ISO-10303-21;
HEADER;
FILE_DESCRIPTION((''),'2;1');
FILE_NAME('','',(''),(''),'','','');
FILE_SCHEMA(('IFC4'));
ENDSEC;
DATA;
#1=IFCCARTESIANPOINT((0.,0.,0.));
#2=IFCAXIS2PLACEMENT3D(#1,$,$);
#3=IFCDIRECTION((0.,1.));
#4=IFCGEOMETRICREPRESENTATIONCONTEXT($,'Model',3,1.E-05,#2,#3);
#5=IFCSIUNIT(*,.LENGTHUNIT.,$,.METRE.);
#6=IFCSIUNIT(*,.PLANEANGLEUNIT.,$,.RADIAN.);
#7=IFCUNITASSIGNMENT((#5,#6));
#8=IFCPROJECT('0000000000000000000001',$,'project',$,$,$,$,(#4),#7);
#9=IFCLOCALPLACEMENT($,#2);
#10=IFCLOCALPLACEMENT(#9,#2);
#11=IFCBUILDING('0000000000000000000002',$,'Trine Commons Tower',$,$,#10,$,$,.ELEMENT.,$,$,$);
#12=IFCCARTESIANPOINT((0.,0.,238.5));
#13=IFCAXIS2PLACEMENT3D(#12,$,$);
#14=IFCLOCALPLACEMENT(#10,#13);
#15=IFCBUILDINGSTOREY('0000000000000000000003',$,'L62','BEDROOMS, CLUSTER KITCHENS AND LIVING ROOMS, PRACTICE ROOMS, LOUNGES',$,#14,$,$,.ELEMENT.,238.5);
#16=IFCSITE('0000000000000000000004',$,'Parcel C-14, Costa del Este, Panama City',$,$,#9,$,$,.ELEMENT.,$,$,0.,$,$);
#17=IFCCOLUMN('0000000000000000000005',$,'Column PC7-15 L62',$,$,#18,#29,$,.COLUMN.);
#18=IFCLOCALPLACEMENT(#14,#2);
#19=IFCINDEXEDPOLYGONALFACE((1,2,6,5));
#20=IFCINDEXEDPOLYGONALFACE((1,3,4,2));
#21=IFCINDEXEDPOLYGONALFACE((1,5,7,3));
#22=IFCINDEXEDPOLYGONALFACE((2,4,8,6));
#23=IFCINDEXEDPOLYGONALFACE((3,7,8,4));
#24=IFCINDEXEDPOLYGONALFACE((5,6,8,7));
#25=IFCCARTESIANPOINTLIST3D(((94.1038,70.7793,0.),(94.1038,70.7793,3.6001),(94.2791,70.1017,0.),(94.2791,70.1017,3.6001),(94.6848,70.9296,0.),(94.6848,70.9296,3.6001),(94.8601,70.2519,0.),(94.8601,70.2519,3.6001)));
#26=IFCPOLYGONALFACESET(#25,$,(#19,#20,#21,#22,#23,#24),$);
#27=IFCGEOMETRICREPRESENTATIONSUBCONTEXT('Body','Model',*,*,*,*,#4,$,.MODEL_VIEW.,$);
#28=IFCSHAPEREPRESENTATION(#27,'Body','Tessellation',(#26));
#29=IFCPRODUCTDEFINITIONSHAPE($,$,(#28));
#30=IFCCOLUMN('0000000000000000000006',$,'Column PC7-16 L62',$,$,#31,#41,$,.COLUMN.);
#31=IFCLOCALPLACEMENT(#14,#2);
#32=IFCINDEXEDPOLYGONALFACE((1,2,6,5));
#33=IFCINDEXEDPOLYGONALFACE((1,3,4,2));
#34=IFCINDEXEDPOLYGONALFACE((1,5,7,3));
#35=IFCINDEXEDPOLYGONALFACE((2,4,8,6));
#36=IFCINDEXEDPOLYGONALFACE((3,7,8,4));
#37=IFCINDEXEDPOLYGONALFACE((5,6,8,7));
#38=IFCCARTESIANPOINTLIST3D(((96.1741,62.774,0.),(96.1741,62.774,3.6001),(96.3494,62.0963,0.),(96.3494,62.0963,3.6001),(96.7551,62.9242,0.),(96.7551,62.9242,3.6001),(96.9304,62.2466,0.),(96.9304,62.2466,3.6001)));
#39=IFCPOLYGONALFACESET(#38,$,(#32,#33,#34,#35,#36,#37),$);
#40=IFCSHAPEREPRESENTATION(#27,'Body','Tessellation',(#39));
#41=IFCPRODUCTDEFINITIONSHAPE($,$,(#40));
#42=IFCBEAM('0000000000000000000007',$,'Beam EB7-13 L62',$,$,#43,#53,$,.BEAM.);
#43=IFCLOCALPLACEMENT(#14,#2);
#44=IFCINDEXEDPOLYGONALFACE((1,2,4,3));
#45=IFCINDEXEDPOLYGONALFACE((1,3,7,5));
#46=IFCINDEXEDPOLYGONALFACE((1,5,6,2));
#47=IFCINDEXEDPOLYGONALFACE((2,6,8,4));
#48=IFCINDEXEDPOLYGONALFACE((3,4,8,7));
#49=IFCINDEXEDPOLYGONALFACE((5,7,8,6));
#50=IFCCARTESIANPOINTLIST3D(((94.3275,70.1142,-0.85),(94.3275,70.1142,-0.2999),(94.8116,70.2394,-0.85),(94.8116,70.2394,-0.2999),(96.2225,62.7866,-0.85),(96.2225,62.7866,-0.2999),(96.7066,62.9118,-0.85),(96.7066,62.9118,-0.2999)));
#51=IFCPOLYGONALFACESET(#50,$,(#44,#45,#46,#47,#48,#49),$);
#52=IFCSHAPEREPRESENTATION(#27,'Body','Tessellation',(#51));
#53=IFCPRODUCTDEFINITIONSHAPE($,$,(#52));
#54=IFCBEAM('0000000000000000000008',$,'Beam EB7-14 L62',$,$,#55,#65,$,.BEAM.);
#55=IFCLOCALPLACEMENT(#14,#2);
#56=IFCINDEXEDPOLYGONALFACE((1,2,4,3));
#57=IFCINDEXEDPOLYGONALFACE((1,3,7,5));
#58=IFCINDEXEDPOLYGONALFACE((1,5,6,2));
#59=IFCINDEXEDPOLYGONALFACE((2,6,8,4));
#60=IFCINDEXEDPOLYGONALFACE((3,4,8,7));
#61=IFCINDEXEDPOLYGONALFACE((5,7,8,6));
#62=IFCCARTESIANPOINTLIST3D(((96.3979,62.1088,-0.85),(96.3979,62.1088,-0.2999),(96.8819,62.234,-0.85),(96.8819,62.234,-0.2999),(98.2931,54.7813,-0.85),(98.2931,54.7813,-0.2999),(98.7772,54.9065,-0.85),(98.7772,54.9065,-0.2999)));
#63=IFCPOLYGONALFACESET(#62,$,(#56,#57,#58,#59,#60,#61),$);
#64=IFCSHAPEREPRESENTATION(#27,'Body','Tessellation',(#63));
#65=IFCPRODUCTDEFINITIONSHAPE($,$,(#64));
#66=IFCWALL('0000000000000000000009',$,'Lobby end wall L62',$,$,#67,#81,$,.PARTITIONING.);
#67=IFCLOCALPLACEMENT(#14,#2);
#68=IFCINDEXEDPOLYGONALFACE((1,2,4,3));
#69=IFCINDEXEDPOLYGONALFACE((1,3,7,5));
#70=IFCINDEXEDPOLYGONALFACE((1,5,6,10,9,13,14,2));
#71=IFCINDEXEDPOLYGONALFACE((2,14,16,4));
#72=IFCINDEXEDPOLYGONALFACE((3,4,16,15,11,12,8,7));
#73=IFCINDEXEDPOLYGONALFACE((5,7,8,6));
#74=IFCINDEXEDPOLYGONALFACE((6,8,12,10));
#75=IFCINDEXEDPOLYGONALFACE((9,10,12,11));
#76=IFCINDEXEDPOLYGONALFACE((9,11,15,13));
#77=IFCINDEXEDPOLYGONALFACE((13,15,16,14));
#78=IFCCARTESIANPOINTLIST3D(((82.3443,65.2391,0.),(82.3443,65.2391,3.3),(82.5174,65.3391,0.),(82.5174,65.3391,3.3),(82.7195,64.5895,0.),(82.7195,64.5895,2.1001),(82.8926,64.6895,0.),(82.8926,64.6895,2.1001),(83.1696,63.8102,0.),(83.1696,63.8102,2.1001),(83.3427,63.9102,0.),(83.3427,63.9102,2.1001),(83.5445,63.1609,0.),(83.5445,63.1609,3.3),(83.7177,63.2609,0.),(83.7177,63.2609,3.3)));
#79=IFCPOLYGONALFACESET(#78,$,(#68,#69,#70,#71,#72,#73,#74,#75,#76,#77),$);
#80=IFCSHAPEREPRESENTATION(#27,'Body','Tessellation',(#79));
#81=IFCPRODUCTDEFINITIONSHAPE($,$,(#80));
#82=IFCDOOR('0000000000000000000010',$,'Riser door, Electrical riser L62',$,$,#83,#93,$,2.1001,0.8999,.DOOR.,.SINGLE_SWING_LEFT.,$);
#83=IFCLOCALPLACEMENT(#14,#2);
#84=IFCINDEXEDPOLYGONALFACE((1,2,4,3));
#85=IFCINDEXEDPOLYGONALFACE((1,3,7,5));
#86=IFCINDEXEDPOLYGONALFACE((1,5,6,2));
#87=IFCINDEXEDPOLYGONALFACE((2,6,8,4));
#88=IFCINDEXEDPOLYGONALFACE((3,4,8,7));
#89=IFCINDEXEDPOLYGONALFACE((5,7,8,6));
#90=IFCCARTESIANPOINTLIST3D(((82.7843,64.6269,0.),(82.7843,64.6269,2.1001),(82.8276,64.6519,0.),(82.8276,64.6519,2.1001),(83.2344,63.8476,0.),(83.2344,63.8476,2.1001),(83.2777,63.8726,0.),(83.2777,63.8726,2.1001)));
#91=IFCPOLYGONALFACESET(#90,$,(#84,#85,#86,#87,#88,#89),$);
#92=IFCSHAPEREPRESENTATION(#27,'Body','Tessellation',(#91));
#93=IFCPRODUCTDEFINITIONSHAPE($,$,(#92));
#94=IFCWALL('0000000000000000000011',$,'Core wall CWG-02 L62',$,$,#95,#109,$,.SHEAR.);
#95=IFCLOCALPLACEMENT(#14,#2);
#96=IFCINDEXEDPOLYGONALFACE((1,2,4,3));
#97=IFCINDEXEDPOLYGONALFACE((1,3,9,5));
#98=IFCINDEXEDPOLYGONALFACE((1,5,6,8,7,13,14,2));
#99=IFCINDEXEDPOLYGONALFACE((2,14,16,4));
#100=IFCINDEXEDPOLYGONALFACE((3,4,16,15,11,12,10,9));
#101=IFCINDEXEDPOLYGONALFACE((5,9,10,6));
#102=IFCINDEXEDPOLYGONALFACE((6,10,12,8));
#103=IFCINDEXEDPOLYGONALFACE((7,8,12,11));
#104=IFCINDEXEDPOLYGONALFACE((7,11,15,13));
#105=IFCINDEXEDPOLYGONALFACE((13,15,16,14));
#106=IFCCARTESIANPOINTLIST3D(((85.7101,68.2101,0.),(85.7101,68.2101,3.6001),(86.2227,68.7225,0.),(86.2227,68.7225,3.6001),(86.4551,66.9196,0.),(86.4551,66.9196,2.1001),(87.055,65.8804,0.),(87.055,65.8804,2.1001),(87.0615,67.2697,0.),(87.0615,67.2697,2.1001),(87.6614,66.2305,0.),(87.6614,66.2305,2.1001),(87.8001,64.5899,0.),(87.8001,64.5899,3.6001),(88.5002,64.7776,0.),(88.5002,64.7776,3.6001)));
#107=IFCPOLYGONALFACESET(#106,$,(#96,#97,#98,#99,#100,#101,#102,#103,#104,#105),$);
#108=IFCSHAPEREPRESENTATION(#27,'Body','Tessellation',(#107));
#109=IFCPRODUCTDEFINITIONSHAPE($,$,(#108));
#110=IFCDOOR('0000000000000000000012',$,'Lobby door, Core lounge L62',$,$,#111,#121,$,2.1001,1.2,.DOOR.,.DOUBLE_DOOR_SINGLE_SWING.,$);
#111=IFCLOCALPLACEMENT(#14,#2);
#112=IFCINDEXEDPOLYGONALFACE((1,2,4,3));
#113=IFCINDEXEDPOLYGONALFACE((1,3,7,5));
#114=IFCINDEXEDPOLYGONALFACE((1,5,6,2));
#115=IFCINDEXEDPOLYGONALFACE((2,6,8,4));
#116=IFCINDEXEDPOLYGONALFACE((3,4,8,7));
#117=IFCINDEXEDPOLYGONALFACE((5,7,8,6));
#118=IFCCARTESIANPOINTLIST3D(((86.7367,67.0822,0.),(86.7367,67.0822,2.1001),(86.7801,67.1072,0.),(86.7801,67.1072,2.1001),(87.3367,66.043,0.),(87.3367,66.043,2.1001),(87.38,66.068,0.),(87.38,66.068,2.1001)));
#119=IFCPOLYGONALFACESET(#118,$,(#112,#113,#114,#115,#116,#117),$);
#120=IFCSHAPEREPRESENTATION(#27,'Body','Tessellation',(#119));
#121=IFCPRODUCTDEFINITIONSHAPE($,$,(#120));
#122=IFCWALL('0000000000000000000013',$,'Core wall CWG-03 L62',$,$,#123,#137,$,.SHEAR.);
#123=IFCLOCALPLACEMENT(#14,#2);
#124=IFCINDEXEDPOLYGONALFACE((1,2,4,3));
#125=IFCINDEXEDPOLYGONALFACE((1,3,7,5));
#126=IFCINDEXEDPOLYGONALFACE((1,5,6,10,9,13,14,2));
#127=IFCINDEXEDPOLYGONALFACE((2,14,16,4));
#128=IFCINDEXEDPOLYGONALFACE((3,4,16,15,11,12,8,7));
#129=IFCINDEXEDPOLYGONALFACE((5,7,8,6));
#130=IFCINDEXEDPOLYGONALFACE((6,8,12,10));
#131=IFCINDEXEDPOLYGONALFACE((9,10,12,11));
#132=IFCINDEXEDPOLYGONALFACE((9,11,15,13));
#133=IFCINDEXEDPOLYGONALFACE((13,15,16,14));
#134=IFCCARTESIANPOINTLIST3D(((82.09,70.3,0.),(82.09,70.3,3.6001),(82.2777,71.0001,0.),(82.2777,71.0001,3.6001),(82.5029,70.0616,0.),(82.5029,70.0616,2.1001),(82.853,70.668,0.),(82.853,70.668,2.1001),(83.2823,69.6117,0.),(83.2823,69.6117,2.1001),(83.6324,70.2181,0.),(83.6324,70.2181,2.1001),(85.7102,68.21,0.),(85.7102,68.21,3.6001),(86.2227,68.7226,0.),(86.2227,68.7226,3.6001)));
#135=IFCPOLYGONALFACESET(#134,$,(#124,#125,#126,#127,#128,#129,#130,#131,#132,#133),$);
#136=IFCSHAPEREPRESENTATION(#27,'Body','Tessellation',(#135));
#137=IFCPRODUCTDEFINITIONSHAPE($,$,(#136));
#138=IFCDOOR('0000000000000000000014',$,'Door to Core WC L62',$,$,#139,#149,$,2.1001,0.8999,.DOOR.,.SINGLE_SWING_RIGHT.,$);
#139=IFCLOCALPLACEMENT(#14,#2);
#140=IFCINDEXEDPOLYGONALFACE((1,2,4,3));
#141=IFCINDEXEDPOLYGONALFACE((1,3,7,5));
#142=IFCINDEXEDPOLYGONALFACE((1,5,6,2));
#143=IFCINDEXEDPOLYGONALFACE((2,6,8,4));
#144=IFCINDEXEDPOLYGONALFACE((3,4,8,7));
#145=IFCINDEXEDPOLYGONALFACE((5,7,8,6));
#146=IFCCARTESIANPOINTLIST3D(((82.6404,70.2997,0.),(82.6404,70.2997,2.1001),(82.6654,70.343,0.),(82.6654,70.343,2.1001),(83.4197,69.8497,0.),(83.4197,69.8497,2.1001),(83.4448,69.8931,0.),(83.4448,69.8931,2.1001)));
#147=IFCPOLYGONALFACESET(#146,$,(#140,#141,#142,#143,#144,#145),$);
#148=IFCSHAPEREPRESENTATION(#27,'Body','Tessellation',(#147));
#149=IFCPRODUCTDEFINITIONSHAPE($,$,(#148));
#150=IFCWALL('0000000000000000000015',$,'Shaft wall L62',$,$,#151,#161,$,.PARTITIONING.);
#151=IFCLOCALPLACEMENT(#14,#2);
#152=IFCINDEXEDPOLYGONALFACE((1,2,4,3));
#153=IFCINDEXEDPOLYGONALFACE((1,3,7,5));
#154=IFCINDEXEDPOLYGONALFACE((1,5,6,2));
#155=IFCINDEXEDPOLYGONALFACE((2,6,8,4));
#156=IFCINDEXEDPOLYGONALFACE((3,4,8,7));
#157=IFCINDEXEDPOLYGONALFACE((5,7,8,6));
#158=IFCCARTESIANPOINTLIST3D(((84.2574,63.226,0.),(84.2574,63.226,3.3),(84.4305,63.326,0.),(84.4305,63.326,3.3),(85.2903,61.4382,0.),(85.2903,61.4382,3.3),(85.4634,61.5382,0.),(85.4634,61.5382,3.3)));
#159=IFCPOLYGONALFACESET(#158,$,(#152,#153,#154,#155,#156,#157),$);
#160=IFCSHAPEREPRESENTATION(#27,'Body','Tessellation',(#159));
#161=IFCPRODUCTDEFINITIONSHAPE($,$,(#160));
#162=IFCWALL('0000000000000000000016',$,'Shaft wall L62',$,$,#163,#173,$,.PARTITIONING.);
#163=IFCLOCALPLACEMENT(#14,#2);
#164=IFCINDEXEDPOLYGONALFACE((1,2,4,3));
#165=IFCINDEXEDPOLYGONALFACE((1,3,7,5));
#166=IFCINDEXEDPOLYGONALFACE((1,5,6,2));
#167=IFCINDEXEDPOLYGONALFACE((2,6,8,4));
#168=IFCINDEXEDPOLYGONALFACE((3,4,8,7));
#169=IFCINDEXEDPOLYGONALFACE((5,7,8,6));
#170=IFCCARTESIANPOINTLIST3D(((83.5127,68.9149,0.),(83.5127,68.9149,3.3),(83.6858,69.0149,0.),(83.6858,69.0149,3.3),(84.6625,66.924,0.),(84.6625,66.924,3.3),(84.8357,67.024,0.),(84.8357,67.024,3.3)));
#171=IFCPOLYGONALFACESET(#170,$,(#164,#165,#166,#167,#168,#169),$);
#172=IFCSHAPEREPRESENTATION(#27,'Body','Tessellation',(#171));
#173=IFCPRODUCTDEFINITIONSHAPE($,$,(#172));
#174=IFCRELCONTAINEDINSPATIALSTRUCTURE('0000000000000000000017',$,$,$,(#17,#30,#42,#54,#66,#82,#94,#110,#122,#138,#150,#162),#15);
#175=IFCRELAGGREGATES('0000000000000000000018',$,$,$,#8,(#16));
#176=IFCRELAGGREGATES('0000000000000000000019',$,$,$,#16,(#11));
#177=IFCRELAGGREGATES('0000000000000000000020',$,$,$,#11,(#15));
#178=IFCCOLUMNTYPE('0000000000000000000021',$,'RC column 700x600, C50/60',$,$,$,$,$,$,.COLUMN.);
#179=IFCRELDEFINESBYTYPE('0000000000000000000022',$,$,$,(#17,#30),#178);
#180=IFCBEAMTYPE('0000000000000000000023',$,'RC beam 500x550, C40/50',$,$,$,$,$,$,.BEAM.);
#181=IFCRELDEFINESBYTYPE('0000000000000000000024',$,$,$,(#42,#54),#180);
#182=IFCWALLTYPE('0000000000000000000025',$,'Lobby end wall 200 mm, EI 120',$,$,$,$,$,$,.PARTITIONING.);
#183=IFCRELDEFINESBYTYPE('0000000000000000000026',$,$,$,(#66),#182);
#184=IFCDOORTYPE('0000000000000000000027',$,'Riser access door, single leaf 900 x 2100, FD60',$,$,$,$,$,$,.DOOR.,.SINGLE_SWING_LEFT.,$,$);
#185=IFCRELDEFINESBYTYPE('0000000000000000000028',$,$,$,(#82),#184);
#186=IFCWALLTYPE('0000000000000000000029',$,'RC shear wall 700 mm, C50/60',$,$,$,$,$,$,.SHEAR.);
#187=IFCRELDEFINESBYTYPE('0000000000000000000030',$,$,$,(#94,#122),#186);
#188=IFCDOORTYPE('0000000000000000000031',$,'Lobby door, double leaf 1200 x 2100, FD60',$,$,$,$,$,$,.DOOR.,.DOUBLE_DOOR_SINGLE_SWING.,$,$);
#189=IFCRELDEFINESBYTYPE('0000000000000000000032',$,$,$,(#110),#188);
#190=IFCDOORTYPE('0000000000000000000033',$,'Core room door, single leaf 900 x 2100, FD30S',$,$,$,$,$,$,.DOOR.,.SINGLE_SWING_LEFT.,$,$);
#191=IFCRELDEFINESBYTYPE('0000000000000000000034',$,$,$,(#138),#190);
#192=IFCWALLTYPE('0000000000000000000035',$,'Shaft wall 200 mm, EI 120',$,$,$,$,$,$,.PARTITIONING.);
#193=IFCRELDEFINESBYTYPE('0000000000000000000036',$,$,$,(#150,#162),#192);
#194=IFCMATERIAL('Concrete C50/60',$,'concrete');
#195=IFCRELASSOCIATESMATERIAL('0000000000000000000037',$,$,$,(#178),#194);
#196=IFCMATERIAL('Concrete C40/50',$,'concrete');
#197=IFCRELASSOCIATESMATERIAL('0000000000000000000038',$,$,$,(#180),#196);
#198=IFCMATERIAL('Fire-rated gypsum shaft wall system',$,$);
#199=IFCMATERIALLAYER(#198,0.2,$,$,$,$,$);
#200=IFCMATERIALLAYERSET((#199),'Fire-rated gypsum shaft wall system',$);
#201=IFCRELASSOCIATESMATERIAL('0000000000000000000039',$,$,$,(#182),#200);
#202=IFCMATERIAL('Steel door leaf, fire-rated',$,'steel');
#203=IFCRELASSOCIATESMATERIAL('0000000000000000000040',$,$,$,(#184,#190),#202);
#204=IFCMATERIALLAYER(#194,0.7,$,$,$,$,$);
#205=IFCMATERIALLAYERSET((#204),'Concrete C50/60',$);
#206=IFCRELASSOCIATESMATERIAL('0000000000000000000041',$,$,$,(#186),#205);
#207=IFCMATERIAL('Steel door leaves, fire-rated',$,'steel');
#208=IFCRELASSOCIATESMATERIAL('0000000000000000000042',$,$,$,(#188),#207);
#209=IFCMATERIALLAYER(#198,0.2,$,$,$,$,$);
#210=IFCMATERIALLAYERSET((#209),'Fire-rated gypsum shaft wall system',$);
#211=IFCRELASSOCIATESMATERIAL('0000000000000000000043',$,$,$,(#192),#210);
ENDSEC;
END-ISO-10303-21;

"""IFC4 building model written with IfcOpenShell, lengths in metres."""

from ifc_helpers import new_model, si_unit, direction, frame, frame_2d, origin, origin_2d, place, context, subcontext, project, spatial, polyline, rectangle, outline, extrude, material, layer, layer_set, material_profile, profile_set, type_object, element, fill, save


model = new_model("IFC4")

# Units and contexts
model_context = context("Model", 3, precision=1e-05, world=origin(), true_north=direction((0.0, 1.0)))
body_context = subcontext(model_context, "Body", "Model", "MODEL_VIEW")
ifc_project = project(units=[si_unit("LENGTHUNIT", "METRE"), si_unit("PLANEANGLEUNIT", "RADIAN")], contexts=[model_context])

# Site, building, storey
site_placement = place(None, origin())
site = spatial("IfcSite", under=ifc_project, at=site_placement, Name="Parcel C-14, Costa del Este, Panama City", CompositionType="ELEMENT", RefElevation=0.0)
building_placement = place(site_placement, origin())
building = spatial("IfcBuilding", under=site, at=building_placement, Name="Trine Commons Tower", CompositionType="ELEMENT")
storey_placement = place(building_placement, frame((0.0, 0.0, 238.5)))
storey = spatial("IfcBuildingStorey", under=building, at=storey_placement, Name="L62", Description="BEDROOMS, CLUSTER KITCHENS AND LIVING ROOMS, PRACTICE ROOMS, LOUNGES", CompositionType="ELEMENT", Elevation=238.5)

# Columns
ifc_material_1 = material(Name="Concrete C50/60", Category="concrete")
ifc_material_profile_1 = material_profile(ifc_material_1, rectangle(XDim=0.7, YDim=0.6001, at=origin_2d()), Name="RC 700x600")
ifc_profile_set_1 = profile_set([ifc_material_profile_1], Name="Concrete C50/60")
column_type = type_object("IfcColumnType", Name="RC column 700x600, C50/60", PredefinedType="COLUMN", material=ifc_profile_set_1)
for number, where, z_axis, x_axis, name in (
    (1, (94.4819, 70.5156, 0.0), (0.0, 0.0, 1.0), (-0.25038, 0.968148, 0.0), "Column PC7-15 L62"),
    (2, (96.5522, 62.5103, 0.0), (0.0, 0.0, 1.0), (-0.25038, 0.968148, 0.0), "Column PC7-16 L62"),
):
    element("IfcColumn", number, at=place(storey_placement, frame(where, z_axis=z_axis, x_axis=x_axis)), inside=storey, type_object=column_type, Name=name, PredefinedType="COLUMN", context=body_context, shape_type="SweptSolid", body=[
        extrude(rectangle(XDim=0.7, YDim=0.6001, at=origin_2d()), origin(), (0.0, 0.0, 1.0), 3.6001),
    ])

# Beams
ifc_material_2 = material(Name="Concrete C40/50", Category="concrete")
ifc_material_profile_2 = material_profile(ifc_material_2, rectangle(XDim=0.5, YDim=0.55, at=origin_2d()), Name="RC 500x550")
ifc_profile_set_2 = profile_set([ifc_material_profile_2], Name="Concrete C40/50")
beam_type = type_object("IfcBeamType", Name="RC beam 500x550, C40/50", PredefinedType="BEAM", material=ifc_profile_set_2)
for number, where, z_axis, x_axis, name in (
    (3, (94.5696, 70.1768, -0.575), (0.250376, -0.968149, 0.0), (0.968149, 0.250376, 0.0), "Beam EB7-13 L62"),
    (4, (96.6399, 62.1714, -0.575), (0.250414, -0.968139, 0.0), (0.968139, 0.250414, 0.0), "Beam EB7-14 L62"),
):
    element("IfcBeam", number, at=place(storey_placement, frame(where, z_axis=z_axis, x_axis=x_axis)), inside=storey, type_object=beam_type, Name=name, PredefinedType="BEAM", context=body_context, shape_type="SweptSolid", body=[
        extrude(rectangle(XDim=0.5, YDim=0.55, at=origin_2d()), origin(), (0.0, 0.0, 1.0), 7.5686),
    ])

# Walls, openings, doors
ifc_material_3 = material(Name="Fire-rated gypsum shaft wall system")
ifc_layer_1 = layer(ifc_material_3, 0.2)
ifc_layer_set_1 = layer_set([ifc_layer_1], Name="Fire-rated gypsum shaft wall system")
wall_type_1 = type_object("IfcWallType", Name="Lobby end wall 200 mm, EI 120", PredefinedType="PARTITIONING", material=ifc_layer_set_1)
wall_1_placement = place(storey_placement, frame((83.6311, 63.2109, 0.0), z_axis=(0.0, 0.0, 1.0), x_axis=(-0.500122, 0.865955, 0.0)))
wall_1 = element("IfcWall", 5, at=wall_1_placement, inside=storey, type_object=wall_type_1, Name="Lobby end wall L62", PredefinedType="PARTITIONING", context=body_context, shape_type="SweptSolid", body=[
    extrude(rectangle(XDim=2.3999, YDim=0.2, at=frame_2d((1.2, 0.0))), origin(), (0.0, 0.0, 1.0), 3.3),
])
opening_1_placement = place(wall_1_placement, frame((0.7498, 0.0, 0.0)))
opening_1 = element("IfcOpeningElement", 6, at=opening_1_placement, cuts=wall_1, PredefinedType="OPENING", context=body_context, shape_type="SweptSolid", body=[
    extrude(rectangle(XDim=0.8999, YDim=2.1001, at=frame_2d((0.45, 1.05))), frame((0.0, 0.1099, 0.0), z_axis=(0.0, -1.0, 0.0), x_axis=(1.0, 0.0, 0.0)), (0.0, 0.0, 1.0), 0.22),
])
ifc_material_4 = material(Name="Steel door leaf, fire-rated", Category="steel")
door_type_1 = type_object("IfcDoorType", Name="Riser access door, single leaf 900 x 2100, FD60", OperationType="SINGLE_SWING_LEFT", PredefinedType="DOOR", material=ifc_material_4)
door_1_placement = place(opening_1_placement, frame((0.8999, 0.0, 0.0), z_axis=(0.0, 0.0, 1.0), x_axis=(-1.0, 0.0, 0.0)))
door_1 = element("IfcDoor", 7, at=door_1_placement, inside=storey, type_object=door_type_1, Name="Riser door, Electrical riser L62", OperationType="SINGLE_SWING_LEFT", OverallHeight=2.1001, OverallWidth=0.8999, PredefinedType="DOOR", context=body_context, shape_type="SweptSolid", body=[
    extrude(rectangle(XDim=0.8999, YDim=2.1001, at=frame_2d((0.45, 1.05))), frame((0.0, 0.0249, 0.0), z_axis=(0.0, -1.0, 0.0), x_axis=(1.0, 0.0, 0.0)), (0.0, 0.0, 1.0), 0.05),
])
fill(opening_1, door_1)
ifc_layer_2 = layer(ifc_material_1, 0.7)
ifc_layer_set_2 = layer_set([ifc_layer_2], Name="Concrete C50/60")
wall_type_2 = type_object("IfcWallType", Name="RC shear wall 700 mm, C50/60", PredefinedType="SHEAR", material=ifc_layer_set_2)
wall_2_placement = place(storey_placement, frame((88.197, 64.6025, 0.0), z_axis=(0.0, 0.0, 1.0), x_axis=(-0.499984, 0.866035, 0.0)))
wall_2 = element("IfcWall", 8, at=wall_2_placement, inside=storey, type_object=wall_type_2, Name="Core wall CWG-02 L62", PredefinedType="SHEAR", context=body_context, shape_type="SweptSolid", body=[
    extrude(outline(polyline([(0.0, -0.3501), (4.5552, -0.3501), (4.3677, 0.3501), (0.1875, 0.3501), (0.0, -0.3501)])), origin(), (0.0, 0.0, 1.0), 3.6001),
])
opening_2_placement = place(wall_2_placement, frame((1.6775, 0.0, 0.0)))
opening_2 = element("IfcOpeningElement", 9, at=opening_2_placement, cuts=wall_2, PredefinedType="OPENING", context=body_context, shape_type="SweptSolid", body=[
    extrude(rectangle(XDim=1.2, YDim=2.1001, at=frame_2d((0.6001, 1.05))), frame((0.0, 0.3599, 0.0), z_axis=(0.0, -1.0, 0.0), x_axis=(1.0, 0.0, 0.0)), (0.0, 0.0, 1.0), 0.72),
])
ifc_material_5 = material(Name="Steel door leaves, fire-rated", Category="steel")
door_type_2 = type_object("IfcDoorType", Name="Lobby door, double leaf 1200 x 2100, FD60", OperationType="DOUBLE_DOOR_SINGLE_SWING", PredefinedType="DOOR", material=ifc_material_5)
door_2_placement = place(opening_2_placement, origin())
door_2 = element("IfcDoor", 10, at=door_2_placement, inside=storey, type_object=door_type_2, Name="Lobby door, Core lounge L62", OperationType="DOUBLE_DOOR_SINGLE_SWING", OverallHeight=2.1001, OverallWidth=1.2, PredefinedType="DOOR", context=body_context, shape_type="SweptSolid", body=[
    extrude(rectangle(XDim=1.2, YDim=2.1001, at=frame_2d((0.6001, 1.05))), frame((0.0, 0.0249, 0.0), z_axis=(0.0, -1.0, 0.0), x_axis=(1.0, 0.0, 0.0)), (0.0, 0.0, 1.0), 0.05),
])
fill(opening_2, door_2)
wall_3_placement = place(storey_placement, frame((86.0476, 68.4194, 0.0), z_axis=(0.0, 0.0, 1.0), x_axis=(-0.866035, 0.499984, 0.0)))
wall_3 = element("IfcWall", 11, at=wall_3_placement, inside=storey, type_object=wall_type_2, Name="Core wall CWG-03 L62", PredefinedType="SHEAR", context=body_context, shape_type="SweptSolid", body=[
    extrude(outline(polyline([(0.0, -0.3501), (4.5552, -0.3501), (4.3677, 0.3501), (0.1875, 0.3501), (0.0, -0.3501)])), origin(), (0.0, 0.0, 1.0), 3.6001),
])
opening_3_placement = place(wall_3_placement, frame((2.991, 0.0, 0.0)))
opening_3 = element("IfcOpeningElement", 12, at=opening_3_placement, cuts=wall_3, PredefinedType="OPENING", context=body_context, shape_type="SweptSolid", body=[
    extrude(rectangle(XDim=0.8999, YDim=2.1001, at=frame_2d((0.45, 1.05))), frame((0.0, 0.3599, 0.0), z_axis=(0.0, -1.0, 0.0), x_axis=(1.0, 0.0, 0.0)), (0.0, 0.0, 1.0), 0.72),
])
door_type_3 = type_object("IfcDoorType", Name="Core room door, single leaf 900 x 2100, FD30S", OperationType="SINGLE_SWING_LEFT", PredefinedType="DOOR", material=ifc_material_4)
door_3_placement = place(opening_3_placement, origin())
door_3 = element("IfcDoor", 13, at=door_3_placement, inside=storey, type_object=door_type_3, Name="Door to Core WC L62", OperationType="SINGLE_SWING_RIGHT", OverallHeight=2.1001, OverallWidth=0.8999, PredefinedType="DOOR", context=body_context, shape_type="SweptSolid", body=[
    extrude(rectangle(XDim=0.8999, YDim=2.1001, at=frame_2d((0.45, 1.05))), frame((0.0, 0.0752, 0.0), z_axis=(0.0, -1.0, 0.0), x_axis=(1.0, 0.0, 0.0)), (0.0, 0.0, 1.0), 0.05),
])
fill(opening_3, door_3)

# Walls
ifc_layer_3 = layer(ifc_material_3, 0.2)
ifc_layer_set_3 = layer_set([ifc_layer_3], Name="Fire-rated gypsum shaft wall system")
wall_type_3 = type_object("IfcWallType", Name="Shaft wall 200 mm, EI 120", PredefinedType="PARTITIONING", material=ifc_layer_set_3)
wall_4_placement = place(storey_placement, frame((84.344, 63.2759, 0.0), z_axis=(0.0, 0.0, 1.0), x_axis=(0.500272, -0.865868, 0.0)))
element("IfcWall", 14, at=wall_4_placement, inside=storey, type_object=wall_type_3, Name="Shaft wall L62", PredefinedType="PARTITIONING", context=body_context, shape_type="SweptSolid", body=[
    extrude(rectangle(XDim=2.0647, YDim=0.2, at=frame_2d((1.0322, 0.0))), origin(), (0.0, 0.0, 1.0), 3.3),
])
wall_5_placement = place(storey_placement, frame((84.749, 66.9741, 0.0), z_axis=(0.0, 0.0, 1.0), x_axis=(-0.500136, 0.865947, 0.0)))
element("IfcWall", 15, at=wall_5_placement, inside=storey, type_object=wall_type_3, Name="Shaft wall L62", PredefinedType="PARTITIONING", context=body_context, shape_type="SweptSolid", body=[
    extrude(rectangle(XDim=2.2991, YDim=0.2, at=frame_2d((1.1494, 0.0))), origin(), (0.0, 0.0, 1.0), 3.3),
])

save(model, "model.ifc")
